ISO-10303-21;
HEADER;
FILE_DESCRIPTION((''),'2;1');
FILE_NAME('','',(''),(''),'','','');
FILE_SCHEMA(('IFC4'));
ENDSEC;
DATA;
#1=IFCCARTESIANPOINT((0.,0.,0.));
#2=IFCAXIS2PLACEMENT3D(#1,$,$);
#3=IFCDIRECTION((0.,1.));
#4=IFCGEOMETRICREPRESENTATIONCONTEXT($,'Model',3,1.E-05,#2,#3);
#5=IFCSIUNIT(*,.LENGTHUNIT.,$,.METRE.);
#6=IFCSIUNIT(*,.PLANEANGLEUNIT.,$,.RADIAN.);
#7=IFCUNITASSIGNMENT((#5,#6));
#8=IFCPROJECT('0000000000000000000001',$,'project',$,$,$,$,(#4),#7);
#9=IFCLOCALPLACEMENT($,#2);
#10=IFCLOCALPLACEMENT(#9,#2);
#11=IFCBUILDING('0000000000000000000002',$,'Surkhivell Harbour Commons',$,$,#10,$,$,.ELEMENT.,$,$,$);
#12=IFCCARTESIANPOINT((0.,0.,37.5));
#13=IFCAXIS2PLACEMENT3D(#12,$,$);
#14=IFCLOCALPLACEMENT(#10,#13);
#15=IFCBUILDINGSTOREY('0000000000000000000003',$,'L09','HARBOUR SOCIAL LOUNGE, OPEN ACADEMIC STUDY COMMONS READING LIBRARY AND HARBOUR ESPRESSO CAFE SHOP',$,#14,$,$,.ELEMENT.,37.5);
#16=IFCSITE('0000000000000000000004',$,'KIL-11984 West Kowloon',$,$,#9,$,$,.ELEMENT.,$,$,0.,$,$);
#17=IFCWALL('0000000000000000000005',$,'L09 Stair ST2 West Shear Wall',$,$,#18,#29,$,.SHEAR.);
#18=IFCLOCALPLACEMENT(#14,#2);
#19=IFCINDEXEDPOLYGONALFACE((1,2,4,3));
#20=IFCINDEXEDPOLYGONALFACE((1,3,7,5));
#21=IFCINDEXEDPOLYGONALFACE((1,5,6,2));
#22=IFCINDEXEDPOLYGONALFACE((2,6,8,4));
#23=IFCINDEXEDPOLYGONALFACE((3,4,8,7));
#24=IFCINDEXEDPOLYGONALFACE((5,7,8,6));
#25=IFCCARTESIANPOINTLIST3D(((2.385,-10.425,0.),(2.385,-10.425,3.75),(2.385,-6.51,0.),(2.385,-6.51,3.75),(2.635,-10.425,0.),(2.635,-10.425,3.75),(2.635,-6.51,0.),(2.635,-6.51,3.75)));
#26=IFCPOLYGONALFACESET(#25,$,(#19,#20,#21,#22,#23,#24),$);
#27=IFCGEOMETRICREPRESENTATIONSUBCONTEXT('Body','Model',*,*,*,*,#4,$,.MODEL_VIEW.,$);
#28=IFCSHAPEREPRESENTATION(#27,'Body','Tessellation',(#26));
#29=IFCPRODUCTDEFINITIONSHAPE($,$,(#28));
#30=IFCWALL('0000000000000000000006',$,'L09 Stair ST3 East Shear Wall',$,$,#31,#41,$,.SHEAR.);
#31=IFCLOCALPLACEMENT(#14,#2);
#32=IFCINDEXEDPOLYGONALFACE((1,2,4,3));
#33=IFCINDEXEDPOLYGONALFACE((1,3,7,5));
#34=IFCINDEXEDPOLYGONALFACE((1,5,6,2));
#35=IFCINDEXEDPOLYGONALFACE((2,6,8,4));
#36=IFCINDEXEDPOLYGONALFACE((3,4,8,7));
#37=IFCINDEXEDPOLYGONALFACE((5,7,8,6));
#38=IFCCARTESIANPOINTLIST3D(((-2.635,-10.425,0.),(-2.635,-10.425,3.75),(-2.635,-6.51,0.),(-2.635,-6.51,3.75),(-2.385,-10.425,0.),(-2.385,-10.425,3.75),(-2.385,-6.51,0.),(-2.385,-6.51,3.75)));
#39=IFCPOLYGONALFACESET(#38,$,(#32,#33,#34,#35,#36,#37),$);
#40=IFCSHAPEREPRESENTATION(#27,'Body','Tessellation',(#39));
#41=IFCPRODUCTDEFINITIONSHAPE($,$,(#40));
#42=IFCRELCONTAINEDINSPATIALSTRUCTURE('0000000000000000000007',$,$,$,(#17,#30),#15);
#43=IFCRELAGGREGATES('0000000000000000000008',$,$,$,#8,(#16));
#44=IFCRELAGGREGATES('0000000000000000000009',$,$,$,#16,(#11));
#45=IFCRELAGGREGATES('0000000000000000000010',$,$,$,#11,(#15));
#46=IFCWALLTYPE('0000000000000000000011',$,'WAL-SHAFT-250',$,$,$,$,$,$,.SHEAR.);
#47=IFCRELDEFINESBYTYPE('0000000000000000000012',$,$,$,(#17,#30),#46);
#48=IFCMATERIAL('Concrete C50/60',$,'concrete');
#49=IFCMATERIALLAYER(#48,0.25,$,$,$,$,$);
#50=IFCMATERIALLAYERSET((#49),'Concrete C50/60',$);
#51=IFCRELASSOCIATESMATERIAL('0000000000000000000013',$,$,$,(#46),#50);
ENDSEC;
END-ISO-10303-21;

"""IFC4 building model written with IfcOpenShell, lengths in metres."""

from ifc_helpers import new_model, si_unit, direction, frame, frame_2d, origin, place, context, subcontext, project, spatial, rectangle, extrude, material, layer, layer_set, type_object, element, save


model = new_model("IFC4")

# Units and contexts
model_context = context("Model", 3, precision=1e-05, world=origin(), true_north=direction((0.0, 1.0)))
body_context = subcontext(model_context, "Body", "Model", "MODEL_VIEW")
ifc_project = project(units=[si_unit("LENGTHUNIT", "METRE"), si_unit("PLANEANGLEUNIT", "RADIAN")], contexts=[model_context])

# Site, building, storey
site_placement = place(None, origin())
site = spatial("IfcSite", under=ifc_project, at=site_placement, Name="KIL-11984 West Kowloon", CompositionType="ELEMENT", RefElevation=0.0)
building_placement = place(site_placement, origin())
building = spatial("IfcBuilding", under=site, at=building_placement, Name="Surkhivell Harbour Commons", CompositionType="ELEMENT")
storey_placement = place(building_placement, frame((0.0, 0.0, 37.5)))
storey = spatial("IfcBuildingStorey", under=building, at=storey_placement, Name="L09", Description="HARBOUR SOCIAL LOUNGE, OPEN ACADEMIC STUDY COMMONS READING LIBRARY AND HARBOUR ESPRESSO CAFE SHOP", CompositionType="ELEMENT", Elevation=37.5)

# Shared definitions
ifc_material_1 = material(Name="Concrete C50/60", Category="concrete")
ifc_layer_1 = layer(ifc_material_1, 0.25)
ifc_layer_set_1 = layer_set([ifc_layer_1], Name="Concrete C50/60")
wall_type_1 = type_object("IfcWallType", Name="WAL-SHAFT-250", PredefinedType="SHEAR", material=ifc_layer_set_1)

# Walls
for number, where, z_axis, x_axis, name in (
    (1, (2.51, -10.425, 0.0), (0.0, 0.0, 1.0), (0.0, 1.0, 0.0), "L09 Stair ST2 West Shear Wall"),
    (2, (-2.51, -10.425, 0.0), (0.0, 0.0, 1.0), (0.0, 1.0, 0.0), "L09 Stair ST3 East Shear Wall"),
):
    element("IfcWall", number, at=place(storey_placement, frame(where, z_axis=z_axis, x_axis=x_axis)), inside=storey, type_object=wall_type_1, Name=name, PredefinedType="SHEAR", context=body_context, shape_type="SweptSolid", body=[
        extrude(rectangle(XDim=3.915, YDim=0.25, at=frame_2d((1.9575, 0.0))), origin(), (0.0, 0.0, 1.0), 3.75),
    ])

save(model, "model.ifc")
